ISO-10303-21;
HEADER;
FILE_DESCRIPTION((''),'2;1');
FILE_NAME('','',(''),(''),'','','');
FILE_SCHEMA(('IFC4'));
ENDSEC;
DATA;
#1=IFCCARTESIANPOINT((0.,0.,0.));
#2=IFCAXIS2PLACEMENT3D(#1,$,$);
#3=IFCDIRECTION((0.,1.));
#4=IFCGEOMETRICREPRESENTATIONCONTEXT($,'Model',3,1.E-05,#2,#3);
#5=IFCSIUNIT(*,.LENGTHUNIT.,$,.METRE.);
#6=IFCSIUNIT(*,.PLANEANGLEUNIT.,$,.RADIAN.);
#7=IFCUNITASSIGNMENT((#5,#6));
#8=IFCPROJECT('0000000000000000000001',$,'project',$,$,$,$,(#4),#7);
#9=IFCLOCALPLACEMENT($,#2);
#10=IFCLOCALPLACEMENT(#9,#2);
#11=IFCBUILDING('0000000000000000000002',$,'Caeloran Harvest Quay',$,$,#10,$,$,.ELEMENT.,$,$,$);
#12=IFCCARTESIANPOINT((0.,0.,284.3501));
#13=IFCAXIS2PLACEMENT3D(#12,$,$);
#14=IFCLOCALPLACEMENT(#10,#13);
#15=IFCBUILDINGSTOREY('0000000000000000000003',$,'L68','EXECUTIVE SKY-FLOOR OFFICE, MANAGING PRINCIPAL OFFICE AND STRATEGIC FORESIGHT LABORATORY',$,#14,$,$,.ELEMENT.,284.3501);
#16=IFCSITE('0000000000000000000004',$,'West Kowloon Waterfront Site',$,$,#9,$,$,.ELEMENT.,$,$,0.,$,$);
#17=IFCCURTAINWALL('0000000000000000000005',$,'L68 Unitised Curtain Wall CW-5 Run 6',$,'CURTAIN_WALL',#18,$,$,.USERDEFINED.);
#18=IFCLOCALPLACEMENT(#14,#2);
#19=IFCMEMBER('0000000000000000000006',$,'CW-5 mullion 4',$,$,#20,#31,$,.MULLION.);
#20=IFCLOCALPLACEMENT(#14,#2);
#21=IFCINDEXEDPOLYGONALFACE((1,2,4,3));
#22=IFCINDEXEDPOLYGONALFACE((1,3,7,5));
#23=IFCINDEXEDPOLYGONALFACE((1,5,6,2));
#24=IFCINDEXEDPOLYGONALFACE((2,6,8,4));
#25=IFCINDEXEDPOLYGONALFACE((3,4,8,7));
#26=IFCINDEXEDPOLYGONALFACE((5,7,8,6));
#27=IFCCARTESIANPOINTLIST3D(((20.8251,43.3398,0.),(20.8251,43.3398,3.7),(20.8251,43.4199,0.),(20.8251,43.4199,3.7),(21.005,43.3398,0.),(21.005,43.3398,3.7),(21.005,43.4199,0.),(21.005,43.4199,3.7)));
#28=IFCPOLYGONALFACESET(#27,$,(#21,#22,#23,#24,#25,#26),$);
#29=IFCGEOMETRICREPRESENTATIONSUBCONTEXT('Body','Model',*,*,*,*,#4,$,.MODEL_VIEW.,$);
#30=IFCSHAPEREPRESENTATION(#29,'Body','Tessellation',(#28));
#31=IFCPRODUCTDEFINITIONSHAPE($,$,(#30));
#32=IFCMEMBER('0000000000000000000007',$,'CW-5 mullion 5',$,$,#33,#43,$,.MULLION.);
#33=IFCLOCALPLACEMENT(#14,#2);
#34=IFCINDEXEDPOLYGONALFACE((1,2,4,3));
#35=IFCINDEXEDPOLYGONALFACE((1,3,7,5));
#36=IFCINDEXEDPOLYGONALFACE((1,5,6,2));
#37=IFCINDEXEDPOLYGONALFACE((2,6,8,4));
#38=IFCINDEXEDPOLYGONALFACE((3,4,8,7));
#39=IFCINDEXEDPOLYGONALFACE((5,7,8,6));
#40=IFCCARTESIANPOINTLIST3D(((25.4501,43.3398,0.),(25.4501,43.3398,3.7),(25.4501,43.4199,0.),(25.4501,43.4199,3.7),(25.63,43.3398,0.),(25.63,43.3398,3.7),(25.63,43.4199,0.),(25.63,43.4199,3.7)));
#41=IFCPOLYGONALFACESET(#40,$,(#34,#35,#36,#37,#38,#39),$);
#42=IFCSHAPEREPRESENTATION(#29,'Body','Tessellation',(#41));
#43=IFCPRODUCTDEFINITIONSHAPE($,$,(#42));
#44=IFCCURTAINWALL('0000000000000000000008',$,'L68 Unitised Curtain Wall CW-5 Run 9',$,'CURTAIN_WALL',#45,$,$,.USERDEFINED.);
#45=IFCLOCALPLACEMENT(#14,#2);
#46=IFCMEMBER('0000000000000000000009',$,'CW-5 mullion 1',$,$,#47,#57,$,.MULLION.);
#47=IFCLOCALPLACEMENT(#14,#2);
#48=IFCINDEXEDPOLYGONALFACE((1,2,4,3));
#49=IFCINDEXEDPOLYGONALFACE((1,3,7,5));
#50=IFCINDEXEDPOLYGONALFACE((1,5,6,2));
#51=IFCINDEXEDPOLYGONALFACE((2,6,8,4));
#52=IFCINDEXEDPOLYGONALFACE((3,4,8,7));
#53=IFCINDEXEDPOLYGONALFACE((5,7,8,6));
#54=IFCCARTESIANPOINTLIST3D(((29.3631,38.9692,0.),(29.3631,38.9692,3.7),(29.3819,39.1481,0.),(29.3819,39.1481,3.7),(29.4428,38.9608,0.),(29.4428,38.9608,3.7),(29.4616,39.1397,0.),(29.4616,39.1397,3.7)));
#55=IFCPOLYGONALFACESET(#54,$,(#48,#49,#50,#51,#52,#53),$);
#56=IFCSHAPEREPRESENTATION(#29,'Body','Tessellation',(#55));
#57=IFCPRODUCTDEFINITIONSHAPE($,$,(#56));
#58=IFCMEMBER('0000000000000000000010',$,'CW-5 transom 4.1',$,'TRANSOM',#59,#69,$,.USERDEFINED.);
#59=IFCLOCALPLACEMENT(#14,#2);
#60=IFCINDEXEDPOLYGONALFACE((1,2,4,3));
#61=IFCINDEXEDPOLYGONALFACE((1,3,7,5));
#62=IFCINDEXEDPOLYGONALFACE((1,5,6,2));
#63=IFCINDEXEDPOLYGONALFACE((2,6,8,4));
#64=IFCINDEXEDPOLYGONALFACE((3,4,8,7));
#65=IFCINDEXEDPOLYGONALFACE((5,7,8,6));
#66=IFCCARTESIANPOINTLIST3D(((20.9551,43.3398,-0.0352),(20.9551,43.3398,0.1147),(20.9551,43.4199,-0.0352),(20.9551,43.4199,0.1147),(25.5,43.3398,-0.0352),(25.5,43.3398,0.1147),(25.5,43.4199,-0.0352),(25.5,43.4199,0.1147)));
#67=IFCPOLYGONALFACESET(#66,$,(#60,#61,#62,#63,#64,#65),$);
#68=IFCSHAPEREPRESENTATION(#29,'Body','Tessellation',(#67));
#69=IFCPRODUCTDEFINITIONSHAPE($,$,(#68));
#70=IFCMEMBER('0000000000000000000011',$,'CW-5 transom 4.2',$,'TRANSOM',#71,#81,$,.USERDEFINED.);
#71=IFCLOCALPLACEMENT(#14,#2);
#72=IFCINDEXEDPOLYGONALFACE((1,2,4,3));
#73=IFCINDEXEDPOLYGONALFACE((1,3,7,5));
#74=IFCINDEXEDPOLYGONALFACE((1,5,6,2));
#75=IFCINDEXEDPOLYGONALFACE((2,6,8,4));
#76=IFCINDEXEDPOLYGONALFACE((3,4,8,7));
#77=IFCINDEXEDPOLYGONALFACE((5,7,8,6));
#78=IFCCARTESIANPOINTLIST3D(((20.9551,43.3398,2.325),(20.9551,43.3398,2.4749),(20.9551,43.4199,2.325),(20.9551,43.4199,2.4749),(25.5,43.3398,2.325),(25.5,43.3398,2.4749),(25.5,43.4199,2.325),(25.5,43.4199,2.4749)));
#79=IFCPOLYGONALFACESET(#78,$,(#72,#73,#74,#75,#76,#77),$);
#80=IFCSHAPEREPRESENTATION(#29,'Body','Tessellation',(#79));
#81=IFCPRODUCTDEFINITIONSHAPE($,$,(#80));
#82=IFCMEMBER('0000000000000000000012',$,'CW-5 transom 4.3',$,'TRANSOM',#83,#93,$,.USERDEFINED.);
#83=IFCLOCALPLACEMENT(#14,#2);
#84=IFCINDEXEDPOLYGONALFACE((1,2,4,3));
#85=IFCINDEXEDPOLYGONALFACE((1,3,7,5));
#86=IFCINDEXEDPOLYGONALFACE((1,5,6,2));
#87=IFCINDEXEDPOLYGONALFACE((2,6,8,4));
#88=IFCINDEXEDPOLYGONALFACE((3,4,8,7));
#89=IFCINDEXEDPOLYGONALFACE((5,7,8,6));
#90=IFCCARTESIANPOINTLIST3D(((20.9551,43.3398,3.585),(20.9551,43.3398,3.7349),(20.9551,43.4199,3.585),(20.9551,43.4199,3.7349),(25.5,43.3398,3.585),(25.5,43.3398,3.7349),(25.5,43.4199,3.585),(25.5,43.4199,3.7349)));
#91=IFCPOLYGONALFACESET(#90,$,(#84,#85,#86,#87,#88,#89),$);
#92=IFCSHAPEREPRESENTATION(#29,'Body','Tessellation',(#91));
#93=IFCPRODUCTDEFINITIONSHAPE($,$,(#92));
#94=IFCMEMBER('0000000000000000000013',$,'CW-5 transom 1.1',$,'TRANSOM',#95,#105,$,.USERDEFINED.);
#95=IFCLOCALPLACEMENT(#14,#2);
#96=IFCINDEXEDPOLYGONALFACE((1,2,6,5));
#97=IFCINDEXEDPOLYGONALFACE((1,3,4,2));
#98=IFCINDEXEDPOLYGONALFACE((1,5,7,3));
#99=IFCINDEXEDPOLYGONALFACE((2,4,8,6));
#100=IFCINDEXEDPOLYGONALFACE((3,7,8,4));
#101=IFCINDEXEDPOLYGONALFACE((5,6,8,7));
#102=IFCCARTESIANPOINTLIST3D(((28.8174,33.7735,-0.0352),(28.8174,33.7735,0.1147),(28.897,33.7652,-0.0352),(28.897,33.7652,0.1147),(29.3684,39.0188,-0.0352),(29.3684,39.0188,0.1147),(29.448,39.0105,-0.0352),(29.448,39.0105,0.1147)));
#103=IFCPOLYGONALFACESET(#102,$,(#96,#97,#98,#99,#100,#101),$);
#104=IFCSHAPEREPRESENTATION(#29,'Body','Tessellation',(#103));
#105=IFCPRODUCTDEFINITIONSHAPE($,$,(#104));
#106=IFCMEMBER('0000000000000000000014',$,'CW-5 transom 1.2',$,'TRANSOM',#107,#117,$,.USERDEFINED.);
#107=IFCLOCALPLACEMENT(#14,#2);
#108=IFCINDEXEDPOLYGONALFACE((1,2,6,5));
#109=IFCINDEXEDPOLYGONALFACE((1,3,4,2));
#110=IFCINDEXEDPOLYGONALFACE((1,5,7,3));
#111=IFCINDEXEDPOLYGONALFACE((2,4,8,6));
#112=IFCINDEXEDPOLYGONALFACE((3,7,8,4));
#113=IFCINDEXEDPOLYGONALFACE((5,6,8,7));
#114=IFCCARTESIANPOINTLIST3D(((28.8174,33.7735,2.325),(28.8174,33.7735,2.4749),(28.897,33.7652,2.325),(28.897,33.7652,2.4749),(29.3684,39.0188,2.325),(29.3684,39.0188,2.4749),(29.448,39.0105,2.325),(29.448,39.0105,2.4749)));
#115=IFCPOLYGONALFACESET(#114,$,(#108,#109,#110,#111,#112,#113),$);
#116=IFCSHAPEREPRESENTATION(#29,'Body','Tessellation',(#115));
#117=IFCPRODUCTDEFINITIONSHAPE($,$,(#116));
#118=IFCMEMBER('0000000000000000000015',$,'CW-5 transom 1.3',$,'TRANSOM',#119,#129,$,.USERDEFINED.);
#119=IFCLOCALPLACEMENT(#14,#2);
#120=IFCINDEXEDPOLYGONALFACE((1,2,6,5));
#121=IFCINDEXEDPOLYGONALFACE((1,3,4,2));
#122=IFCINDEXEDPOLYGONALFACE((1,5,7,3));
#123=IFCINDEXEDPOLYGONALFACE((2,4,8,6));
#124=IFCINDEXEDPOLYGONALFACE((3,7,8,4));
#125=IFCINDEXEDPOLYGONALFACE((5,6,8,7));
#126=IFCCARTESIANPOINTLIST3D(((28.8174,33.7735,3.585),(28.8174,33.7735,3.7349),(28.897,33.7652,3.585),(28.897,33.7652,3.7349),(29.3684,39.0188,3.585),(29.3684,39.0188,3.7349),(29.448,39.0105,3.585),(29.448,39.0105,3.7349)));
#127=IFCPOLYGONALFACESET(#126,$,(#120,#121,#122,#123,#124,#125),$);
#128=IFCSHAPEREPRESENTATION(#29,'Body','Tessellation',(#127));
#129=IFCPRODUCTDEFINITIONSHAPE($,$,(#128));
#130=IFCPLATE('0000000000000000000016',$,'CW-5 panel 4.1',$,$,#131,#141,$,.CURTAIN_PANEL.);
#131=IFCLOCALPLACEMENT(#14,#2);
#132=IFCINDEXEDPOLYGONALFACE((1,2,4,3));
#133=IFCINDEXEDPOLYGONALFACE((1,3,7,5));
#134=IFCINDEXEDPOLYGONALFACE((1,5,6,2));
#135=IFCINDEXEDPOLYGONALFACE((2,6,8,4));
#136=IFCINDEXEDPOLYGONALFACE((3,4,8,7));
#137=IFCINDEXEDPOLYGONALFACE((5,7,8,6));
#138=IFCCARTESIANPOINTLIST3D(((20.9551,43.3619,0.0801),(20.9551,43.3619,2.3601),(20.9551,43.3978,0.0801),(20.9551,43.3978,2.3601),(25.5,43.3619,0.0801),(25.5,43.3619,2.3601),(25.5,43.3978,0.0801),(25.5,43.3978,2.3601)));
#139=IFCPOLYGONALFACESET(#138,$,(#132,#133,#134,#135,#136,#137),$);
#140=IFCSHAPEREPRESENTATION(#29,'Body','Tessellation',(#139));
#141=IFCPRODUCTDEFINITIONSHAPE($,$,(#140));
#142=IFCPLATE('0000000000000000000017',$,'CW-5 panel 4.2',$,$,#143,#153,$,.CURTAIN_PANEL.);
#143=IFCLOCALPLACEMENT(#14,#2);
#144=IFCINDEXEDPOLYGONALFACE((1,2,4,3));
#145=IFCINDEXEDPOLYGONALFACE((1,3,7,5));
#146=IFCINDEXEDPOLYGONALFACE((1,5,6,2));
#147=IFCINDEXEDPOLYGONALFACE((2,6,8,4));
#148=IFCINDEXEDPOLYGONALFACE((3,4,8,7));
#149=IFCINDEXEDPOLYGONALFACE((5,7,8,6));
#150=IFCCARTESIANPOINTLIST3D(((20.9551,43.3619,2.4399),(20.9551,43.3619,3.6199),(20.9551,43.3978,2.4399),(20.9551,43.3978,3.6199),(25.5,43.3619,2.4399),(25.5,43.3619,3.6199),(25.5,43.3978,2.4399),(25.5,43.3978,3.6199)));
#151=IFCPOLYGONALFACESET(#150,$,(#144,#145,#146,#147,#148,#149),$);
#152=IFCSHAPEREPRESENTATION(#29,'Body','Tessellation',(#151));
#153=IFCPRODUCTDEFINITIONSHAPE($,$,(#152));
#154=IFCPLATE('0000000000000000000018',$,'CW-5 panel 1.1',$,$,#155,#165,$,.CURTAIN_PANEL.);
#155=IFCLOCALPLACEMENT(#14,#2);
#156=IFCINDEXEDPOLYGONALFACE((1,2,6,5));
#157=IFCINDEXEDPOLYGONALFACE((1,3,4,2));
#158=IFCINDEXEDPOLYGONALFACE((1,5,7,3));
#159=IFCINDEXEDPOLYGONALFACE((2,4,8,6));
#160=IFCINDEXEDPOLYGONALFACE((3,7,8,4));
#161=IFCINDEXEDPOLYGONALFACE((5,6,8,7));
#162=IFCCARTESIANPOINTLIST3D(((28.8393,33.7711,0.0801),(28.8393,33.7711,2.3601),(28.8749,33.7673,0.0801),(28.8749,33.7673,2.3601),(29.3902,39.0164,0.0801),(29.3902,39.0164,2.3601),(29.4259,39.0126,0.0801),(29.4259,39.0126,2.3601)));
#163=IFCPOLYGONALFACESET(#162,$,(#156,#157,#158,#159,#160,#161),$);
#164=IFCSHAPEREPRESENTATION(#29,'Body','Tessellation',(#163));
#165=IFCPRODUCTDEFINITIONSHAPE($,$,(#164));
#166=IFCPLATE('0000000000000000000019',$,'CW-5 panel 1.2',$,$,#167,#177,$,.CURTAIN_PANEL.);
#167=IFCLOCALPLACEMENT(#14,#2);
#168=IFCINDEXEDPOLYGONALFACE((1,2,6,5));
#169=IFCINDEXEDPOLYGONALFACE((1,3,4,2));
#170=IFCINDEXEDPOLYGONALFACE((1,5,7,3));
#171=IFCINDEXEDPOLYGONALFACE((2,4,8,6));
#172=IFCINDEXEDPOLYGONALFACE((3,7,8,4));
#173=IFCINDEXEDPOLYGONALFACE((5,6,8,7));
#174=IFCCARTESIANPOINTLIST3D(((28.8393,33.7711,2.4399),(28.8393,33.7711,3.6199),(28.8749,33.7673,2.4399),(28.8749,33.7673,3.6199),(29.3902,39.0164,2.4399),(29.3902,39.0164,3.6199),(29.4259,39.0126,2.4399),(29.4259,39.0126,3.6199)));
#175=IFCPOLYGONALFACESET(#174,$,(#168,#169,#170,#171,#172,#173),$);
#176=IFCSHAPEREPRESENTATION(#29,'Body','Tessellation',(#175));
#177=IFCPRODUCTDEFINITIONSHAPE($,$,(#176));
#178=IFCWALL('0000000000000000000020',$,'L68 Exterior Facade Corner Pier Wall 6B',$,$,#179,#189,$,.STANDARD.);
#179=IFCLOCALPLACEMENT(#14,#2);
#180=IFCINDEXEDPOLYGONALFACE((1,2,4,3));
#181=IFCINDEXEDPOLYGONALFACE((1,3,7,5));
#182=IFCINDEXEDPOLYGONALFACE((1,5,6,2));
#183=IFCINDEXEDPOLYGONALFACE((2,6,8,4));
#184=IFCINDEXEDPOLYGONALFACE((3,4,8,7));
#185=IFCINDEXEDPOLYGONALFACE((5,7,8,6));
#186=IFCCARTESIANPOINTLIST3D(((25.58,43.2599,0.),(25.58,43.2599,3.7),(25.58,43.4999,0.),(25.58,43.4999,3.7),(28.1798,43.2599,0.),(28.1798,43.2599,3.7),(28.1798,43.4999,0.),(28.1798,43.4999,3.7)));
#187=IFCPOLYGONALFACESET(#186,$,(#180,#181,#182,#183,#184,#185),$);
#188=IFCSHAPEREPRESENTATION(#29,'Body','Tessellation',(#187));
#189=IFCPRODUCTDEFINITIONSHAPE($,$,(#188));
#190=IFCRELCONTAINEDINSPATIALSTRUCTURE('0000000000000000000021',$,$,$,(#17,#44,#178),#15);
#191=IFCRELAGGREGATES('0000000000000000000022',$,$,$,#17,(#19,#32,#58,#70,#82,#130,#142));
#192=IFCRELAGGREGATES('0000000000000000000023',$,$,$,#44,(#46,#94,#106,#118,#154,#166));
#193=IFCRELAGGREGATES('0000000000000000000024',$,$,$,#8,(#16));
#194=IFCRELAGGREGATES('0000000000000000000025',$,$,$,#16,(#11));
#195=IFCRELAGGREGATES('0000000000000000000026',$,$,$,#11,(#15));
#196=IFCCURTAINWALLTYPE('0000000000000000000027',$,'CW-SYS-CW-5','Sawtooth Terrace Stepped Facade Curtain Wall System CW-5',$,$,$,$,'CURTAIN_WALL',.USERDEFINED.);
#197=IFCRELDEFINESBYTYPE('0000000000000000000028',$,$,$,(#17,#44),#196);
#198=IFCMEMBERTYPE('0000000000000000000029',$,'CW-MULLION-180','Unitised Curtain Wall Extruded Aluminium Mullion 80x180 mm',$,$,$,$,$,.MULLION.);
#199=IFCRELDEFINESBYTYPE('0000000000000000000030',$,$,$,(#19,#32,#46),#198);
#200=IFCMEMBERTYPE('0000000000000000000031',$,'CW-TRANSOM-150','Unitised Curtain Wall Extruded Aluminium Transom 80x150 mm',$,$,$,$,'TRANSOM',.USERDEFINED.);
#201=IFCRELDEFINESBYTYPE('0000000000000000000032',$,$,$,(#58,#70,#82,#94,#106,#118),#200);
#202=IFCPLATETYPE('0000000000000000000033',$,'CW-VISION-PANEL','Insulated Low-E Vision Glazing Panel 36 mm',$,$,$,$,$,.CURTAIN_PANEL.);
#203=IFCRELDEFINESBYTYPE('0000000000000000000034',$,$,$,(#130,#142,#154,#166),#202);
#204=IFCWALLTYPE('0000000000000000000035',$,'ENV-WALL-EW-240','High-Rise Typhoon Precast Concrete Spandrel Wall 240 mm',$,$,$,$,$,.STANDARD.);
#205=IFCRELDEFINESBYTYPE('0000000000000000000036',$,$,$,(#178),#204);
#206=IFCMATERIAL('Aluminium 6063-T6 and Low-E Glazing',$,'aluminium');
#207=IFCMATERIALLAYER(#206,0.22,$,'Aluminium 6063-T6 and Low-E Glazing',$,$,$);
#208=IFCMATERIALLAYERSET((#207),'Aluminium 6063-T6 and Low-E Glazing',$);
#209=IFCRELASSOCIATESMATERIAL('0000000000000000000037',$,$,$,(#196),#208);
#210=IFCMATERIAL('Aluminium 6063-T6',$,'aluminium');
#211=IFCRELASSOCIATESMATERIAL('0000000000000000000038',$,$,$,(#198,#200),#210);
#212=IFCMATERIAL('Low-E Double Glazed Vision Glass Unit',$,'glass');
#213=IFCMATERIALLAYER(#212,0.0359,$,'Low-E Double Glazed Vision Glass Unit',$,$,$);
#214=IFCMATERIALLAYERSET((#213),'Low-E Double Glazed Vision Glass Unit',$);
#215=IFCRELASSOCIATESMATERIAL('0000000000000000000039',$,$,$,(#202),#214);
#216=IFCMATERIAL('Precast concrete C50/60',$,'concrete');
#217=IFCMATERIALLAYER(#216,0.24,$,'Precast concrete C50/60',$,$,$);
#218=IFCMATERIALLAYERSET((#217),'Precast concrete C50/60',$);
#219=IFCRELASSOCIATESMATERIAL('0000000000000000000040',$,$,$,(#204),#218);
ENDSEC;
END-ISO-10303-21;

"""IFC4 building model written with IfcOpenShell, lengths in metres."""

from ifc_helpers import new_model, si_unit, direction, frame, frame_2d, origin, origin_2d, place, context, subcontext, project, spatial, rectangle, extrude, material, layer, layer_set, material_profile, profile_set, type_object, element, aggregate, save


model = new_model("IFC4")

# Units and contexts
model_context = context("Model", 3, precision=1e-05, world=origin(), true_north=direction((0.0, 1.0)))
body_context = subcontext(model_context, "Body", "Model", "MODEL_VIEW")
ifc_project = project(units=[si_unit("LENGTHUNIT", "METRE"), si_unit("PLANEANGLEUNIT", "RADIAN")], contexts=[model_context])

# Site, building, storey
site_placement = place(None, origin())
site = spatial("IfcSite", under=ifc_project, at=site_placement, Name="West Kowloon Waterfront Site", CompositionType="ELEMENT", RefElevation=0.0)
building_placement = place(site_placement, origin())
building = spatial("IfcBuilding", under=site, at=building_placement, Name="Caeloran Harvest Quay", CompositionType="ELEMENT")
storey_placement = place(building_placement, frame((0.0, 0.0, 284.3501)))
storey = spatial("IfcBuildingStorey", under=building, at=storey_placement, Name="L68", Description="EXECUTIVE SKY-FLOOR OFFICE, MANAGING PRINCIPAL OFFICE AND STRATEGIC FORESIGHT LABORATORY", CompositionType="ELEMENT", Elevation=284.3501)

# Curtain wall, members
ifc_material_1 = material(Name="Aluminium 6063-T6 and Low-E Glazing", Category="aluminium")
ifc_layer_1 = layer(ifc_material_1, 0.22, Name="Aluminium 6063-T6 and Low-E Glazing")
ifc_layer_set_1 = layer_set([ifc_layer_1], Name="Aluminium 6063-T6 and Low-E Glazing")
curtain_wall_type = type_object("IfcCurtainWallType", Name="CW-SYS-CW-5", Description="Sawtooth Terrace Stepped Facade Curtain Wall System CW-5", ElementType="CURTAIN_WALL", PredefinedType="USERDEFINED", material=ifc_layer_set_1)
curtain_wall_1_placement = place(storey_placement, origin())
curtain_wall_1 = element("IfcCurtainWall", 1, at=curtain_wall_1_placement, inside=storey, type_object=curtain_wall_type, Name="L68 Unitised Curtain Wall CW-5 Run 6", ObjectType="CURTAIN_WALL", PredefinedType="USERDEFINED")
ifc_material_2 = material(Name="Aluminium 6063-T6", Category="aluminium")
ifc_material_profile_1 = material_profile(ifc_material_2, rectangle(XDim=0.0801, YDim=0.1799, at=origin_2d()), Name="CW-MULLION-180")
ifc_profile_set_1 = profile_set([ifc_material_profile_1], Name="Aluminium 6063-T6")
member_type_1 = type_object("IfcMemberType", Name="CW-MULLION-180", Description="Unitised Curtain Wall Extruded Aluminium Mullion 80x180 mm", PredefinedType="MULLION", material=ifc_profile_set_1)
member_1_placement = place(storey_placement, frame((20.915, 43.3799, 0.0), z_axis=(0.0, 0.0, 1.0), x_axis=(0.0, 1.0, 0.0)))
member_1 = element("IfcMember", 2, at=member_1_placement, type_object=member_type_1, Name="CW-5 mullion 4", PredefinedType="MULLION", context=body_context, shape_type="SweptSolid", body=[
    extrude(rectangle(XDim=0.0801, YDim=0.1799, at=origin_2d()), origin(), (0.0, 0.0, 1.0), 3.7),
])
member_2_placement = place(storey_placement, frame((25.54, 43.3799, 0.0), z_axis=(0.0, 0.0, 1.0), x_axis=(0.0, 1.0, 0.0)))
member_2 = element("IfcMember", 3, at=member_2_placement, type_object=member_type_1, Name="CW-5 mullion 5", PredefinedType="MULLION", context=body_context, shape_type="SweptSolid", body=[
    extrude(rectangle(XDim=0.0801, YDim=0.1799, at=origin_2d()), origin(), (0.0, 0.0, 1.0), 3.7),
])

# Curtain wall, member
curtain_wall_2_placement = place(storey_placement, origin())
curtain_wall_2 = element("IfcCurtainWall", 4, at=curtain_wall_2_placement, inside=storey, type_object=curtain_wall_type, Name="L68 Unitised Curtain Wall CW-5 Run 9", ObjectType="CURTAIN_WALL", PredefinedType="USERDEFINED")
member_3_placement = place(storey_placement, frame((29.4124, 39.0544, 0.0), z_axis=(0.0, 0.0, 1.0), x_axis=(0.994529, -0.10446, 0.0)))
member_3 = element("IfcMember", 5, at=member_3_placement, type_object=member_type_1, Name="CW-5 mullion 1", PredefinedType="MULLION", context=body_context, shape_type="SweptSolid", body=[
    extrude(rectangle(XDim=0.0801, YDim=0.1799, at=origin_2d()), origin(), (0.0, 0.0, 1.0), 3.7),
])

# Members
ifc_material_profile_2 = material_profile(ifc_material_2, rectangle(XDim=0.0801, YDim=0.1499, at=origin_2d()), Name="CW-TRANSOM-150")
ifc_profile_set_2 = profile_set([ifc_material_profile_2], Name="Aluminium 6063-T6")
member_type_2 = type_object("IfcMemberType", Name="CW-TRANSOM-150", Description="Unitised Curtain Wall Extruded Aluminium Transom 80x150 mm", ElementType="TRANSOM", PredefinedType="USERDEFINED", material=ifc_profile_set_2)
member_4_placement = place(storey_placement, frame((20.9551, 43.3799, 0.0398), z_axis=(1.0, 0.0, 0.0), x_axis=(0.0, 1.0, 0.0)))
member_4 = element("IfcMember", 6, at=member_4_placement, type_object=member_type_2, Name="CW-5 transom 4.1", ObjectType="TRANSOM", PredefinedType="USERDEFINED", context=body_context, shape_type="SweptSolid", body=[
    extrude(rectangle(XDim=0.0801, YDim=0.1499, at=origin_2d()), origin(), (0.0, 0.0, 1.0), 4.5449),
])
member_5_placement = place(storey_placement, frame((20.9551, 43.3799, 2.3999), z_axis=(1.0, 0.0, 0.0), x_axis=(0.0, 1.0, 0.0)))
member_5 = element("IfcMember", 7, at=member_5_placement, type_object=member_type_2, Name="CW-5 transom 4.2", ObjectType="TRANSOM", PredefinedType="USERDEFINED", context=body_context, shape_type="SweptSolid", body=[
    extrude(rectangle(XDim=0.0801, YDim=0.1499, at=origin_2d()), origin(), (0.0, 0.0, 1.0), 4.5449),
])
member_6_placement = place(storey_placement, frame((20.9551, 43.3799, 3.6599), z_axis=(1.0, 0.0, 0.0), x_axis=(0.0, 1.0, 0.0)))
member_6 = element("IfcMember", 8, at=member_6_placement, type_object=member_type_2, Name="CW-5 transom 4.3", ObjectType="TRANSOM", PredefinedType="USERDEFINED", context=body_context, shape_type="SweptSolid", body=[
    extrude(rectangle(XDim=0.0801, YDim=0.1499, at=origin_2d()), origin(), (0.0, 0.0, 1.0), 4.5449),
])
member_7_placement = place(storey_placement, frame((29.4082, 39.0146, 0.0398), z_axis=(-0.104475, -0.994527, 0.0), x_axis=(0.994527, -0.104475, 0.0)))
member_7 = element("IfcMember", 9, at=member_7_placement, type_object=member_type_2, Name="CW-5 transom 1.1", ObjectType="TRANSOM", PredefinedType="USERDEFINED", context=body_context, shape_type="SweptSolid", body=[
    extrude(rectangle(XDim=0.0801, YDim=0.1499, at=origin_2d()), origin(), (0.0, 0.0, 1.0), 5.2742),
])
member_8_placement = place(storey_placement, frame((29.4082, 39.0146, 2.3999), z_axis=(-0.104475, -0.994527, 0.0), x_axis=(0.994527, -0.104475, 0.0)))
member_8 = element("IfcMember", 10, at=member_8_placement, type_object=member_type_2, Name="CW-5 transom 1.2", ObjectType="TRANSOM", PredefinedType="USERDEFINED", context=body_context, shape_type="SweptSolid", body=[
    extrude(rectangle(XDim=0.0801, YDim=0.1499, at=origin_2d()), origin(), (0.0, 0.0, 1.0), 5.2742),
])
member_9_placement = place(storey_placement, frame((29.4082, 39.0146, 3.6599), z_axis=(-0.104475, -0.994527, 0.0), x_axis=(0.994527, -0.104475, 0.0)))
member_9 = element("IfcMember", 11, at=member_9_placement, type_object=member_type_2, Name="CW-5 transom 1.3", ObjectType="TRANSOM", PredefinedType="USERDEFINED", context=body_context, shape_type="SweptSolid", body=[
    extrude(rectangle(XDim=0.0801, YDim=0.1499, at=origin_2d()), origin(), (0.0, 0.0, 1.0), 5.2742),
])

# Plates
ifc_material_3 = material(Name="Low-E Double Glazed Vision Glass Unit", Category="glass")
ifc_layer_2 = layer(ifc_material_3, 0.0359, Name="Low-E Double Glazed Vision Glass Unit")
ifc_layer_set_2 = layer_set([ifc_layer_2], Name="Low-E Double Glazed Vision Glass Unit")
plate_type = type_object("IfcPlateType", Name="CW-VISION-PANEL", Description="Insulated Low-E Vision Glazing Panel 36 mm", PredefinedType="CURTAIN_PANEL", material=ifc_layer_set_2)
plate_1_placement = place(storey_placement, frame((23.2275, 43.3799, 0.0801), z_axis=(0.0, 0.0, 1.0), x_axis=(1.0, 0.0, 0.0)))
plate_1 = element("IfcPlate", 12, at=plate_1_placement, type_object=plate_type, Name="CW-5 panel 4.1", PredefinedType="CURTAIN_PANEL", context=body_context, shape_type="SweptSolid", body=[
    extrude(rectangle(XDim=4.5449, YDim=0.0359, at=origin_2d()), origin(), (0.0, 0.0, 1.0), 2.28),
])
plate_2_placement = place(storey_placement, frame((23.2275, 43.3799, 2.4399), z_axis=(0.0, 0.0, 1.0), x_axis=(1.0, 0.0, 0.0)))
plate_2 = element("IfcPlate", 13, at=plate_2_placement, type_object=plate_type, Name="CW-5 panel 4.2", PredefinedType="CURTAIN_PANEL", context=body_context, shape_type="SweptSolid", body=[
    extrude(rectangle(XDim=4.5449, YDim=0.0359, at=origin_2d()), origin(), (0.0, 0.0, 1.0), 1.1799),
])
aggregate(curtain_wall_1, [member_1, member_2, member_4, member_5, member_6, plate_1, plate_2])
plate_3_placement = place(storey_placement, frame((29.1326, 36.3918, 0.0801), z_axis=(0.0, 0.0, 1.0), x_axis=(-0.10446, -0.994529, 0.0)))
plate_3 = element("IfcPlate", 14, at=plate_3_placement, type_object=plate_type, Name="CW-5 panel 1.1", PredefinedType="CURTAIN_PANEL", context=body_context, shape_type="SweptSolid", body=[
    extrude(rectangle(XDim=5.2742, YDim=0.0359, at=origin_2d()), origin(), (0.0, 0.0, 1.0), 2.28),
])
plate_4_placement = place(storey_placement, frame((29.1326, 36.3918, 2.4399), z_axis=(0.0, 0.0, 1.0), x_axis=(-0.10446, -0.994529, 0.0)))
plate_4 = element("IfcPlate", 15, at=plate_4_placement, type_object=plate_type, Name="CW-5 panel 1.2", PredefinedType="CURTAIN_PANEL", context=body_context, shape_type="SweptSolid", body=[
    extrude(rectangle(XDim=5.2742, YDim=0.0359, at=origin_2d()), origin(), (0.0, 0.0, 1.0), 1.1799),
])
aggregate(curtain_wall_2, [member_3, member_7, member_8, member_9, plate_3, plate_4])

# Wall
ifc_material_4 = material(Name="Precast concrete C50/60", Category="concrete")
ifc_layer_3 = layer(ifc_material_4, 0.24, Name="Precast concrete C50/60")
ifc_layer_set_3 = layer_set([ifc_layer_3], Name="Precast concrete C50/60")
wall_type_1 = type_object("IfcWallType", Name="ENV-WALL-EW-240", Description="High-Rise Typhoon Precast Concrete Spandrel Wall 240 mm", PredefinedType="STANDARD", material=ifc_layer_set_3)
wall_1_placement = place(storey_placement, frame((25.5801, 43.3799, 0.0), z_axis=(0.0, 0.0, 1.0), x_axis=(1.0, 0.0, 0.0)))
element("IfcWall", 16, at=wall_1_placement, inside=storey, type_object=wall_type_1, Name="L68 Exterior Facade Corner Pier Wall 6B", PredefinedType="STANDARD", context=body_context, shape_type="SweptSolid", body=[
    extrude(rectangle(XDim=2.5999, YDim=0.24, at=frame_2d((1.2998, 0.0))), origin(), (0.0, 0.0, 1.0), 3.7),
])

save(model, "model.ifc")
